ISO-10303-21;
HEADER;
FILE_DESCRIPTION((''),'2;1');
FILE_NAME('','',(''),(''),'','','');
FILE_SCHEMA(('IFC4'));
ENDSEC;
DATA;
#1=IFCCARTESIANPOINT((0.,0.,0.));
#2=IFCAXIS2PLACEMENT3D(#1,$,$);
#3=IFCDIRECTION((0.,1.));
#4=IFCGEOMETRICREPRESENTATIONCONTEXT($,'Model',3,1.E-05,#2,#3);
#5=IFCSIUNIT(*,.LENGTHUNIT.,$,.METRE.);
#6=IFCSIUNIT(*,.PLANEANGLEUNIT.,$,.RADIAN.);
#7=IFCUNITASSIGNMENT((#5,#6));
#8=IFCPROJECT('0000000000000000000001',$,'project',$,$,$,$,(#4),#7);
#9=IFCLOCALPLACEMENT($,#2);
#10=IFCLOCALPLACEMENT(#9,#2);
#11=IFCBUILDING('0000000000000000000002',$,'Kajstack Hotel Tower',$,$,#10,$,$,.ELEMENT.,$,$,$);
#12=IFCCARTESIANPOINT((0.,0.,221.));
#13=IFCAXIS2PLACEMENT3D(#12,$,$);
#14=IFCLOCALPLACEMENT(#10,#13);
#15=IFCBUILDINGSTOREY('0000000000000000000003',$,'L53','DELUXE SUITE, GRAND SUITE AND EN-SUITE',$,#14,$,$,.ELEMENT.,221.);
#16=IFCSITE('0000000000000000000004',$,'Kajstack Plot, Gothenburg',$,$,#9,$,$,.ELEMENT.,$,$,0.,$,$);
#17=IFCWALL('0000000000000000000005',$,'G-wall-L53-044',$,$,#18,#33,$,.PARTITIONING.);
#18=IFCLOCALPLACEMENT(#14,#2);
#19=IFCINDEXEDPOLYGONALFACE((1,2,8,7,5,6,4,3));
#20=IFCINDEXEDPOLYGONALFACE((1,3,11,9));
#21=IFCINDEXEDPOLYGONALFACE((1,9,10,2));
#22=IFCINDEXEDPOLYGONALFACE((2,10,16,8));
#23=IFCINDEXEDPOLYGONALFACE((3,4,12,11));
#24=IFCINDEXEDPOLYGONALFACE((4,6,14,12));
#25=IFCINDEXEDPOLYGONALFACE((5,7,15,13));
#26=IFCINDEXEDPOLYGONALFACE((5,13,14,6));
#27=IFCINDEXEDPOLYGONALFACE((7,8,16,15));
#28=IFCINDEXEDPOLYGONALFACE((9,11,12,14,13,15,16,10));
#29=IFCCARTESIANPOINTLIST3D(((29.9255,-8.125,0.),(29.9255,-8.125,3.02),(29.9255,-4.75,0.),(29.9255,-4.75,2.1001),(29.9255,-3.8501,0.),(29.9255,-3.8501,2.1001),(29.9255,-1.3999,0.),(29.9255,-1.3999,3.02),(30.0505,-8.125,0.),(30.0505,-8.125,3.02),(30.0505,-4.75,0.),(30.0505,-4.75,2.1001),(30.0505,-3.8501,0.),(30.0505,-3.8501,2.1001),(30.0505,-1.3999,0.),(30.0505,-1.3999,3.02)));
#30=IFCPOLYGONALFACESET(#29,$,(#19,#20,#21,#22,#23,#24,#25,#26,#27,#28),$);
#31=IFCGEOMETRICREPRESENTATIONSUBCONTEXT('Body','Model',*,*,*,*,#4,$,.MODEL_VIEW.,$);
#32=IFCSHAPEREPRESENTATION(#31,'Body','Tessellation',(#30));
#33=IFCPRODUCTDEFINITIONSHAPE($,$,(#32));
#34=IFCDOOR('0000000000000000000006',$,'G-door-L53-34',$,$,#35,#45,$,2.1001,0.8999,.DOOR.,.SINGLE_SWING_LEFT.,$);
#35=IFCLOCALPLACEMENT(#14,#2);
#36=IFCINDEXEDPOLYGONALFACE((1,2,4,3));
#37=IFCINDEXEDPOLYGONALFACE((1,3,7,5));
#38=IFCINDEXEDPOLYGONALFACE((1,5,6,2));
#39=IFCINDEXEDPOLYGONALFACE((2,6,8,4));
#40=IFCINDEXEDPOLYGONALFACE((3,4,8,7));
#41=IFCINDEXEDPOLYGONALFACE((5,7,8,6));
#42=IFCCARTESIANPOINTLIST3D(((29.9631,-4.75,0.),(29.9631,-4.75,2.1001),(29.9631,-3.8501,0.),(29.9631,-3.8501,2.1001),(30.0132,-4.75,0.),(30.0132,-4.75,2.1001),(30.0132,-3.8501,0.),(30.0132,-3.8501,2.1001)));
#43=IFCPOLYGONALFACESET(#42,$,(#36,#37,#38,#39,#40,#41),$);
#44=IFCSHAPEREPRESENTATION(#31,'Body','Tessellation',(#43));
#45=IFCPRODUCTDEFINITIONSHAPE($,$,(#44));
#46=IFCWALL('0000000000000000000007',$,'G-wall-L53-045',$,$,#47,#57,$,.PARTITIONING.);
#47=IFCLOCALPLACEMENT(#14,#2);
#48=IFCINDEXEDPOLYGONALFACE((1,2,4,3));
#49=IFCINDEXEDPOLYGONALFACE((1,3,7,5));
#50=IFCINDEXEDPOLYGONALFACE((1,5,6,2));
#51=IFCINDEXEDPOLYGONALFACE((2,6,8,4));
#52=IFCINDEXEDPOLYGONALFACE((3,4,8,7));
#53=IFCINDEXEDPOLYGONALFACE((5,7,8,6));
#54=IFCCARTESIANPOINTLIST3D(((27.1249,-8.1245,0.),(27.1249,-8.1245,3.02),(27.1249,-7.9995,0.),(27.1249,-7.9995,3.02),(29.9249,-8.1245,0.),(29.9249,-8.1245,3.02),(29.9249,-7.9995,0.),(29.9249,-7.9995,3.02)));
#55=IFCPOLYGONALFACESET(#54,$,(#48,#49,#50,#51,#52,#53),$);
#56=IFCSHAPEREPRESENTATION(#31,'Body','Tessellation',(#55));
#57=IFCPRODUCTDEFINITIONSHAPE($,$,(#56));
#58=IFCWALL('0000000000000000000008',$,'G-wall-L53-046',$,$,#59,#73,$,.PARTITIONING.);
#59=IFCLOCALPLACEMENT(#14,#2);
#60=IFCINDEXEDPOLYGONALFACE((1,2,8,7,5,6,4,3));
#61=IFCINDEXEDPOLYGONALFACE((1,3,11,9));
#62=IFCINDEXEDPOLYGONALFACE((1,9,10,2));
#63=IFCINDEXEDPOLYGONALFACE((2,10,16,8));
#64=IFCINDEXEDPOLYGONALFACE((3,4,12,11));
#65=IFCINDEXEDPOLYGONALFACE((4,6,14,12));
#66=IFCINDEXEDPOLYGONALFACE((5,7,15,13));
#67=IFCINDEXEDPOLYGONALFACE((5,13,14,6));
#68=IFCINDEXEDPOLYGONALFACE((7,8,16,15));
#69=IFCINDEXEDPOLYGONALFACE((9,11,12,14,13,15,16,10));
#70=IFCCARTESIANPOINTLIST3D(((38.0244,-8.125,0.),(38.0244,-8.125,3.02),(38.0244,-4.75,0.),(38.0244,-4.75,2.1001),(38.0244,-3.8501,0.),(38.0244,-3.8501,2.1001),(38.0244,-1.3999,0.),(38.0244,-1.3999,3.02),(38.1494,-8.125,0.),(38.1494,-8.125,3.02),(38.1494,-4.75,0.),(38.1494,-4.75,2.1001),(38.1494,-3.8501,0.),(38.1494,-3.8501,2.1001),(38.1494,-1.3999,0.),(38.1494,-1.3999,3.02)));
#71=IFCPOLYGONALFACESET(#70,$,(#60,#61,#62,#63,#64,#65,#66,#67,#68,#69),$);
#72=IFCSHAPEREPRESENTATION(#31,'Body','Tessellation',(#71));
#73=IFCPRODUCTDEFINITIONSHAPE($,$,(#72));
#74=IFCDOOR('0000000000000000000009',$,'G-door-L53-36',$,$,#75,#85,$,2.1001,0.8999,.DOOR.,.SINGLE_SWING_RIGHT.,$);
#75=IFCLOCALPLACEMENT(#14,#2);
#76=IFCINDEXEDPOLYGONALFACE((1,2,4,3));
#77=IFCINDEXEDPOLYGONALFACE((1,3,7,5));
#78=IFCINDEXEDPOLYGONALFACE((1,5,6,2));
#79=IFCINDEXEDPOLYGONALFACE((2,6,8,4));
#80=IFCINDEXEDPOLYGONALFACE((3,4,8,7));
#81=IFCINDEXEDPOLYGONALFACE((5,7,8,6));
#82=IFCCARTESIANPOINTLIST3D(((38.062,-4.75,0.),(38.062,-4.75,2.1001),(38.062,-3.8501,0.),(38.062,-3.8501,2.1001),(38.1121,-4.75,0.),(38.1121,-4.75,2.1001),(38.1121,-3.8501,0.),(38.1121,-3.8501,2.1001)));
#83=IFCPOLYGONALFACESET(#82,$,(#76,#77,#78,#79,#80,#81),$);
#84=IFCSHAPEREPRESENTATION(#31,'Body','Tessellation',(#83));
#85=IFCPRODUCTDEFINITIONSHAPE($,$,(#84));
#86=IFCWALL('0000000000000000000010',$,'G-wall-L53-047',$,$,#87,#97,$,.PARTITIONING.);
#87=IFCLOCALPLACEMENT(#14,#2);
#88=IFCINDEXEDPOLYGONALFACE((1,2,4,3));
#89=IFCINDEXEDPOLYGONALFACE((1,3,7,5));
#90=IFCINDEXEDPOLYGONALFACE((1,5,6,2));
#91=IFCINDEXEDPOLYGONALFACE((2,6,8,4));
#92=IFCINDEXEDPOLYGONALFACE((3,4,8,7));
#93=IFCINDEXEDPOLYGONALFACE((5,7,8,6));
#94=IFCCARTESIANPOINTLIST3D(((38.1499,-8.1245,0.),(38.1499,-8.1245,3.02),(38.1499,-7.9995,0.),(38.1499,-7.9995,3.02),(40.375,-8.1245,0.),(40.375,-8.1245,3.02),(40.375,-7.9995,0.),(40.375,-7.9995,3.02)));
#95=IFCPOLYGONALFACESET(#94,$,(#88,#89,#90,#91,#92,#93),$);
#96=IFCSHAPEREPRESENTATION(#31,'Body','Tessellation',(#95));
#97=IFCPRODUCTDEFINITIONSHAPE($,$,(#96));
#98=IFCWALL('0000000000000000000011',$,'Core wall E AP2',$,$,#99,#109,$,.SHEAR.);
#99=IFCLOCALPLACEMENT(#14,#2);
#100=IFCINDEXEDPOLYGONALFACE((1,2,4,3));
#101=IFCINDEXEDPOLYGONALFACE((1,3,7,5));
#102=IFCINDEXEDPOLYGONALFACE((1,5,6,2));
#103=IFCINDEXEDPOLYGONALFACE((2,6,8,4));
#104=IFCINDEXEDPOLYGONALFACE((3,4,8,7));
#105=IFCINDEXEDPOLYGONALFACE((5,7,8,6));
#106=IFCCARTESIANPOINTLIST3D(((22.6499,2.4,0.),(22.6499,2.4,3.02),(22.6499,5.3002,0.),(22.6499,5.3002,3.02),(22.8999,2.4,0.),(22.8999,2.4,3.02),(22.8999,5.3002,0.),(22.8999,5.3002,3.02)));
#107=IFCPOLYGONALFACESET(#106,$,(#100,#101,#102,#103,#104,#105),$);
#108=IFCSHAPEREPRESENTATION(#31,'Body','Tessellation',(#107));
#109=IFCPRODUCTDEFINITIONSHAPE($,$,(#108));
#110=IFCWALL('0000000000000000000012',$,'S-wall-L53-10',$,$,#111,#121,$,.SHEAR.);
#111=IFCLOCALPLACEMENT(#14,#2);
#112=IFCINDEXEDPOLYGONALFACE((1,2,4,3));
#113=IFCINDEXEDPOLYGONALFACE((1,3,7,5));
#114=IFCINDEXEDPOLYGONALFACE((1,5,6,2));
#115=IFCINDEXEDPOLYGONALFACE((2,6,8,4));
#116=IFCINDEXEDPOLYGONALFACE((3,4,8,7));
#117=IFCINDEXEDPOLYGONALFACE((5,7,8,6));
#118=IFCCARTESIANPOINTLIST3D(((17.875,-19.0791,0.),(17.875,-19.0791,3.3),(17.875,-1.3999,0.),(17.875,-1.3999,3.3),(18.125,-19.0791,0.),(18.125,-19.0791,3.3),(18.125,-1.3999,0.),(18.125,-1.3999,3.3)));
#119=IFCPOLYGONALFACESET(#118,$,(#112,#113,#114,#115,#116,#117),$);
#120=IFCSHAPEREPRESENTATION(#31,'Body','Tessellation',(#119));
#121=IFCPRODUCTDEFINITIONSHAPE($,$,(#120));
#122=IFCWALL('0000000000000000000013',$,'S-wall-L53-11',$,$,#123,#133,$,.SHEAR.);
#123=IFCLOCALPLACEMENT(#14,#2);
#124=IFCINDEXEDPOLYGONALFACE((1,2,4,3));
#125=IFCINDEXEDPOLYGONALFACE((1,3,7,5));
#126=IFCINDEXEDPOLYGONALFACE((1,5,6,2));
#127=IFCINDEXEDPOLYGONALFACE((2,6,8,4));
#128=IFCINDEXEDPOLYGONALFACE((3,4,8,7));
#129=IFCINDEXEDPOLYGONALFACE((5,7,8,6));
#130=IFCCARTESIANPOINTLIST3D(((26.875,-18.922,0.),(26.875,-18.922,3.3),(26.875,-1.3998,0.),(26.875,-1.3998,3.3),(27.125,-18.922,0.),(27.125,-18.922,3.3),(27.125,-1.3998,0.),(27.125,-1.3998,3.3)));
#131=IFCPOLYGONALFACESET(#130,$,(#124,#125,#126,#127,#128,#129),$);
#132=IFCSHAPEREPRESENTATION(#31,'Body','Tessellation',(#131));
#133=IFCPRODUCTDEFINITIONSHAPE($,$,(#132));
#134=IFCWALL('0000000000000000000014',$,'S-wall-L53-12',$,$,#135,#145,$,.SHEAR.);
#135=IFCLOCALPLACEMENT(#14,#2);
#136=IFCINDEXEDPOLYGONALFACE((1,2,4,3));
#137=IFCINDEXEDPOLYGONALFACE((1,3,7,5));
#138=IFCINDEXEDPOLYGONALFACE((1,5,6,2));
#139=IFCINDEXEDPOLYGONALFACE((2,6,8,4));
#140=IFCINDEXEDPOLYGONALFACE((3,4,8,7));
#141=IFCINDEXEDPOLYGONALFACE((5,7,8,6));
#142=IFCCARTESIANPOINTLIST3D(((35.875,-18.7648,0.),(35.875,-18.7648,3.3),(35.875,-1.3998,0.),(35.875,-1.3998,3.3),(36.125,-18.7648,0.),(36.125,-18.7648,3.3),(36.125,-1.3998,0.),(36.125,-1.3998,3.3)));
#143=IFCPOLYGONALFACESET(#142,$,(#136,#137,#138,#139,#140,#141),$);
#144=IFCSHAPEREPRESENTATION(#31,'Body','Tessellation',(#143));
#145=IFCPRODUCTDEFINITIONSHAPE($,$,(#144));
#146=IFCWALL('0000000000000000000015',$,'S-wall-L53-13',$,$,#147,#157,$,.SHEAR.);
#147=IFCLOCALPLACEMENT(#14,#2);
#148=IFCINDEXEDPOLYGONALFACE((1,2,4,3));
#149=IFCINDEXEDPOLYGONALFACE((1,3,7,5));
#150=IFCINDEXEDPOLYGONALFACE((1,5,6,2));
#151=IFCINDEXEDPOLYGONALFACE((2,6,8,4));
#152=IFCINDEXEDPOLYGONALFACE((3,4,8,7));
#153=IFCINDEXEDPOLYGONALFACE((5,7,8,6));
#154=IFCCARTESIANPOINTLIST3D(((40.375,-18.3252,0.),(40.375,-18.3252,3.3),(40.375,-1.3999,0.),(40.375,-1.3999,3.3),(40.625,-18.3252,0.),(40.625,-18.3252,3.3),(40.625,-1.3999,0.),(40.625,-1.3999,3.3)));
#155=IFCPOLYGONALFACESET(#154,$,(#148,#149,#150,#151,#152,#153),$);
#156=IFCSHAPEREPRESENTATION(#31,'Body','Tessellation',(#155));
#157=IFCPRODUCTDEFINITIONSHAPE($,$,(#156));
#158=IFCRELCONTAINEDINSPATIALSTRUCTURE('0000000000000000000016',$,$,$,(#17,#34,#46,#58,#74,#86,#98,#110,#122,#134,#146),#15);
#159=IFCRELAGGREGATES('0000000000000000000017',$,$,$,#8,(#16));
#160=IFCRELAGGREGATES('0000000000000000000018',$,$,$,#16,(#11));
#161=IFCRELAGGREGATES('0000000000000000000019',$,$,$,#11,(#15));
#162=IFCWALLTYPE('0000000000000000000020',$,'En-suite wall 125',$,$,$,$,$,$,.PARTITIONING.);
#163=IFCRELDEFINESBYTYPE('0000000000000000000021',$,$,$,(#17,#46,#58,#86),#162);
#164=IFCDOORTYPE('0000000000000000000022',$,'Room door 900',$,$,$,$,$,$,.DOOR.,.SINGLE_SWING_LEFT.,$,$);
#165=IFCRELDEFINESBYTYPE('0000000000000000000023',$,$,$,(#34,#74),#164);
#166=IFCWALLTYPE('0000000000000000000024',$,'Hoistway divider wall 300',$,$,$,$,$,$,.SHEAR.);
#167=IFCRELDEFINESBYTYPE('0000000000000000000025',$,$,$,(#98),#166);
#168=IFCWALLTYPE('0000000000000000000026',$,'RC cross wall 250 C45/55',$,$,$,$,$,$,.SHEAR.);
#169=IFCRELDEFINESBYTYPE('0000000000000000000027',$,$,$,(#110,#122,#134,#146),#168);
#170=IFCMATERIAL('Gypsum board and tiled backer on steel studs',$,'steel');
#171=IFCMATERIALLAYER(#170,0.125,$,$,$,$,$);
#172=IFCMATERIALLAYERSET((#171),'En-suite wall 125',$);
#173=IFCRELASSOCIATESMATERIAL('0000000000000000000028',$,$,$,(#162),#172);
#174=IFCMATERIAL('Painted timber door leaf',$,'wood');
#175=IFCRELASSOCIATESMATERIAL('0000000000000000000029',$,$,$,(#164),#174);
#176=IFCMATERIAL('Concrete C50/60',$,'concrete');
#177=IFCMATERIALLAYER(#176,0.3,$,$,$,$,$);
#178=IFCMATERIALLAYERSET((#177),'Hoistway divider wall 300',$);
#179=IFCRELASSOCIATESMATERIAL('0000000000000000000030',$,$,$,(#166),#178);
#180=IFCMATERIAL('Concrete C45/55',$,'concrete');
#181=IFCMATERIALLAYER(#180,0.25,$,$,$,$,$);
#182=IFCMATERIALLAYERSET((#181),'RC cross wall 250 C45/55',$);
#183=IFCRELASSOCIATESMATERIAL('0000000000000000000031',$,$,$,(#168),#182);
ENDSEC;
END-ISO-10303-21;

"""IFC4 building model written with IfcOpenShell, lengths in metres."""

from ifc_helpers import new_model, si_unit, direction, frame, frame_2d, origin, place, context, subcontext, project, spatial, rectangle, extrude, material, layer, layer_set, type_object, element, fill, save


model = new_model("IFC4")

# Units and contexts
model_context = context("Model", 3, precision=1e-05, world=origin(), true_north=direction((0.0, 1.0)))
body_context = subcontext(model_context, "Body", "Model", "MODEL_VIEW")
ifc_project = project(units=[si_unit("LENGTHUNIT", "METRE"), si_unit("PLANEANGLEUNIT", "RADIAN")], contexts=[model_context])

# Site, building, storey
site_placement = place(None, origin())
site = spatial("IfcSite", under=ifc_project, at=site_placement, Name="Kajstack Plot, Gothenburg", CompositionType="ELEMENT", RefElevation=0.0)
building_placement = place(site_placement, origin())
building = spatial("IfcBuilding", under=site, at=building_placement, Name="Kajstack Hotel Tower", CompositionType="ELEMENT")
storey_placement = place(building_placement, frame((0.0, 0.0, 221.0)))
storey = spatial("IfcBuildingStorey", under=building, at=storey_placement, Name="L53", Description="DELUXE SUITE, GRAND SUITE AND EN-SUITE", CompositionType="ELEMENT", Elevation=221.0)

# Shared definitions
ifc_material_1 = material(Name="Gypsum board and tiled backer on steel studs", Category="steel")
ifc_layer_1 = layer(ifc_material_1, 0.125)
ifc_layer_set_1 = layer_set([ifc_layer_1], Name="En-suite wall 125")
wall_type_1 = type_object("IfcWallType", Name="En-suite wall 125", PredefinedType="PARTITIONING", material=ifc_layer_set_1)
ifc_material_2 = material(Name="Painted timber door leaf", Category="wood")
door_type_1 = type_object("IfcDoorType", Name="Room door 900", OperationType="SINGLE_SWING_LEFT", PredefinedType="DOOR", material=ifc_material_2)

# Wall, opening, door
wall_1_placement = place(storey_placement, frame((29.988, -8.125, 0.0), z_axis=(0.0, 0.0, 1.0), x_axis=(0.0, 1.0, 0.0)))
wall_1 = element("IfcWall", 1, at=wall_1_placement, inside=storey, type_object=wall_type_1, Name="G-wall-L53-044", PredefinedType="PARTITIONING", context=body_context, shape_type="SweptSolid", body=[
    extrude(rectangle(XDim=6.7251, YDim=0.125, at=frame_2d((3.3625, 0.0))), origin(), (0.0, 0.0, 1.0), 3.02),
])
opening_1_placement = place(wall_1_placement, frame((3.375, 0.0, 0.0)))
opening_1 = element("IfcOpeningElement", 2, at=opening_1_placement, cuts=wall_1, PredefinedType="OPENING", context=body_context, shape_type="SweptSolid", body=[
    extrude(rectangle(XDim=0.8999, YDim=2.1001, at=frame_2d((0.45, 1.05))), frame((0.0, 0.0725, 0.0), z_axis=(0.0, -1.0, 0.0), x_axis=(1.0, 0.0, 0.0)), (0.0, 0.0, 1.0), 0.145),
])
door_1_placement = place(opening_1_placement, origin())
door_1 = element("IfcDoor", 3, at=door_1_placement, inside=storey, type_object=door_type_1, Name="G-door-L53-34", OperationType="SINGLE_SWING_LEFT", OverallHeight=2.1001, OverallWidth=0.8999, PredefinedType="DOOR", context=body_context, shape_type="SweptSolid", body=[
    extrude(rectangle(XDim=0.8999, YDim=2.1001, at=frame_2d((0.45, 1.05))), frame((0.0, 0.0249, 0.0), z_axis=(0.0, -1.0, 0.0), x_axis=(1.0, 0.0, 0.0)), (0.0, 0.0, 1.0), 0.05),
])
fill(opening_1, door_1)

# Wall
wall_2_placement = place(storey_placement, frame((27.125, -8.062, 0.0), z_axis=(0.0, 0.0, 1.0), x_axis=(1.0, 0.0, 0.0)))
element("IfcWall", 4, at=wall_2_placement, inside=storey, type_object=wall_type_1, Name="G-wall-L53-045", PredefinedType="PARTITIONING", context=body_context, shape_type="SweptSolid", body=[
    extrude(rectangle(XDim=2.8, YDim=0.125, at=frame_2d((1.3999, 0.0))), origin(), (0.0, 0.0, 1.0), 3.02),
])

# Wall, opening, door
wall_3_placement = place(storey_placement, frame((38.0869, -8.125, 0.0), z_axis=(0.0, 0.0, 1.0), x_axis=(0.0, 1.0, 0.0)))
wall_3 = element("IfcWall", 5, at=wall_3_placement, inside=storey, type_object=wall_type_1, Name="G-wall-L53-046", PredefinedType="PARTITIONING", context=body_context, shape_type="SweptSolid", body=[
    extrude(rectangle(XDim=6.7251, YDim=0.125, at=frame_2d((3.3625, 0.0))), origin(), (0.0, 0.0, 1.0), 3.02),
])
opening_2_placement = place(wall_3_placement, frame((3.375, 0.0, 0.0)))
opening_2 = element("IfcOpeningElement", 6, at=opening_2_placement, cuts=wall_3, PredefinedType="OPENING", context=body_context, shape_type="SweptSolid", body=[
    extrude(rectangle(XDim=0.8999, YDim=2.1001, at=frame_2d((0.45, 1.05))), frame((0.0, 0.0725, 0.0), z_axis=(0.0, -1.0, 0.0), x_axis=(1.0, 0.0, 0.0)), (0.0, 0.0, 1.0), 0.145),
])
door_2_placement = place(opening_2_placement, origin())
door_2 = element("IfcDoor", 7, at=door_2_placement, inside=storey, type_object=door_type_1, Name="G-door-L53-36", OperationType="SINGLE_SWING_RIGHT", OverallHeight=2.1001, OverallWidth=0.8999, PredefinedType="DOOR", context=body_context, shape_type="SweptSolid", body=[
    extrude(rectangle(XDim=0.8999, YDim=2.1001, at=frame_2d((0.45, 1.05))), frame((0.0, 0.0249, 0.0), z_axis=(0.0, -1.0, 0.0), x_axis=(1.0, 0.0, 0.0)), (0.0, 0.0, 1.0), 0.05),
])
fill(opening_2, door_2)

# Walls
wall_4_placement = place(storey_placement, frame((38.1499, -8.062, 0.0), z_axis=(0.0, 0.0, 1.0), x_axis=(1.0, 0.0, 0.0)))
element("IfcWall", 8, at=wall_4_placement, inside=storey, type_object=wall_type_1, Name="G-wall-L53-047", PredefinedType="PARTITIONING", context=body_context, shape_type="SweptSolid", body=[
    extrude(rectangle(XDim=2.2251, YDim=0.125, at=frame_2d((1.1125, 0.0))), origin(), (0.0, 0.0, 1.0), 3.02),
])
ifc_material_3 = material(Name="Concrete C50/60", Category="concrete")
ifc_layer_2 = layer(ifc_material_3, 0.3)
ifc_layer_set_2 = layer_set([ifc_layer_2], Name="Hoistway divider wall 300")
wall_type_2 = type_object("IfcWallType", Name="Hoistway divider wall 300", PredefinedType="SHEAR", material=ifc_layer_set_2)
wall_5_placement = place(storey_placement, frame((22.7749, 2.3999, 0.0), z_axis=(0.0, 0.0, 1.0), x_axis=(0.0, 1.0, 0.0)))
element("IfcWall", 9, at=wall_5_placement, inside=storey, type_object=wall_type_2, Name="Core wall E AP2", PredefinedType="SHEAR", context=body_context, shape_type="SweptSolid", body=[
    extrude(rectangle(XDim=2.9001, YDim=0.25, at=frame_2d((1.4502, 0.0))), origin(), (0.0, 0.0, 1.0), 3.02),
])
ifc_material_4 = material(Name="Concrete C45/55", Category="concrete")
ifc_layer_3 = layer(ifc_material_4, 0.25)
ifc_layer_set_3 = layer_set([ifc_layer_3], Name="RC cross wall 250 C45/55")
wall_type_3 = type_object("IfcWallType", Name="RC cross wall 250 C45/55", PredefinedType="SHEAR", material=ifc_layer_set_3)
wall_6_placement = place(storey_placement, frame((18.0, -19.0791, 0.0), z_axis=(0.0, 0.0, 1.0), x_axis=(0.0, 1.0, 0.0)))
element("IfcWall", 10, at=wall_6_placement, inside=storey, type_object=wall_type_3, Name="S-wall-L53-10", PredefinedType="SHEAR", context=body_context, shape_type="SweptSolid", body=[
    extrude(rectangle(XDim=17.6792, YDim=0.25, at=frame_2d((8.8396, 0.0))), origin(), (0.0, 0.0, 1.0), 3.3),
])
wall_7_placement = place(storey_placement, frame((27.0, -18.9221, 0.0), z_axis=(0.0, 0.0, 1.0), x_axis=(0.0, 1.0, 0.0)))
element("IfcWall", 11, at=wall_7_placement, inside=storey, type_object=wall_type_3, Name="S-wall-L53-11", PredefinedType="SHEAR", context=body_context, shape_type="SweptSolid", body=[
    extrude(rectangle(XDim=17.5222, YDim=0.25, at=frame_2d((8.7612, 0.0))), origin(), (0.0, 0.0, 1.0), 3.3),
])
wall_8_placement = place(storey_placement, frame((36.0, -18.7649, 0.0), z_axis=(0.0, 0.0, 1.0), x_axis=(0.0, 1.0, 0.0)))
element("IfcWall", 12, at=wall_8_placement, inside=storey, type_object=wall_type_3, Name="S-wall-L53-12", PredefinedType="SHEAR", context=body_context, shape_type="SweptSolid", body=[
    extrude(rectangle(XDim=17.365, YDim=0.25, at=frame_2d((8.6826, 0.0))), origin(), (0.0, 0.0, 1.0), 3.3),
])
wall_9_placement = place(storey_placement, frame((40.5, -18.3252, 0.0), z_axis=(0.0, 0.0, 1.0), x_axis=(0.0, 1.0, 0.0)))
element("IfcWall", 13, at=wall_9_placement, inside=storey, type_object=wall_type_3, Name="S-wall-L53-13", PredefinedType="SHEAR", context=body_context, shape_type="SweptSolid", body=[
    extrude(rectangle(XDim=16.9253, YDim=0.25, at=frame_2d((8.4626, 0.0))), origin(), (0.0, 0.0, 1.0), 3.3),
])

save(model, "model.ifc")
